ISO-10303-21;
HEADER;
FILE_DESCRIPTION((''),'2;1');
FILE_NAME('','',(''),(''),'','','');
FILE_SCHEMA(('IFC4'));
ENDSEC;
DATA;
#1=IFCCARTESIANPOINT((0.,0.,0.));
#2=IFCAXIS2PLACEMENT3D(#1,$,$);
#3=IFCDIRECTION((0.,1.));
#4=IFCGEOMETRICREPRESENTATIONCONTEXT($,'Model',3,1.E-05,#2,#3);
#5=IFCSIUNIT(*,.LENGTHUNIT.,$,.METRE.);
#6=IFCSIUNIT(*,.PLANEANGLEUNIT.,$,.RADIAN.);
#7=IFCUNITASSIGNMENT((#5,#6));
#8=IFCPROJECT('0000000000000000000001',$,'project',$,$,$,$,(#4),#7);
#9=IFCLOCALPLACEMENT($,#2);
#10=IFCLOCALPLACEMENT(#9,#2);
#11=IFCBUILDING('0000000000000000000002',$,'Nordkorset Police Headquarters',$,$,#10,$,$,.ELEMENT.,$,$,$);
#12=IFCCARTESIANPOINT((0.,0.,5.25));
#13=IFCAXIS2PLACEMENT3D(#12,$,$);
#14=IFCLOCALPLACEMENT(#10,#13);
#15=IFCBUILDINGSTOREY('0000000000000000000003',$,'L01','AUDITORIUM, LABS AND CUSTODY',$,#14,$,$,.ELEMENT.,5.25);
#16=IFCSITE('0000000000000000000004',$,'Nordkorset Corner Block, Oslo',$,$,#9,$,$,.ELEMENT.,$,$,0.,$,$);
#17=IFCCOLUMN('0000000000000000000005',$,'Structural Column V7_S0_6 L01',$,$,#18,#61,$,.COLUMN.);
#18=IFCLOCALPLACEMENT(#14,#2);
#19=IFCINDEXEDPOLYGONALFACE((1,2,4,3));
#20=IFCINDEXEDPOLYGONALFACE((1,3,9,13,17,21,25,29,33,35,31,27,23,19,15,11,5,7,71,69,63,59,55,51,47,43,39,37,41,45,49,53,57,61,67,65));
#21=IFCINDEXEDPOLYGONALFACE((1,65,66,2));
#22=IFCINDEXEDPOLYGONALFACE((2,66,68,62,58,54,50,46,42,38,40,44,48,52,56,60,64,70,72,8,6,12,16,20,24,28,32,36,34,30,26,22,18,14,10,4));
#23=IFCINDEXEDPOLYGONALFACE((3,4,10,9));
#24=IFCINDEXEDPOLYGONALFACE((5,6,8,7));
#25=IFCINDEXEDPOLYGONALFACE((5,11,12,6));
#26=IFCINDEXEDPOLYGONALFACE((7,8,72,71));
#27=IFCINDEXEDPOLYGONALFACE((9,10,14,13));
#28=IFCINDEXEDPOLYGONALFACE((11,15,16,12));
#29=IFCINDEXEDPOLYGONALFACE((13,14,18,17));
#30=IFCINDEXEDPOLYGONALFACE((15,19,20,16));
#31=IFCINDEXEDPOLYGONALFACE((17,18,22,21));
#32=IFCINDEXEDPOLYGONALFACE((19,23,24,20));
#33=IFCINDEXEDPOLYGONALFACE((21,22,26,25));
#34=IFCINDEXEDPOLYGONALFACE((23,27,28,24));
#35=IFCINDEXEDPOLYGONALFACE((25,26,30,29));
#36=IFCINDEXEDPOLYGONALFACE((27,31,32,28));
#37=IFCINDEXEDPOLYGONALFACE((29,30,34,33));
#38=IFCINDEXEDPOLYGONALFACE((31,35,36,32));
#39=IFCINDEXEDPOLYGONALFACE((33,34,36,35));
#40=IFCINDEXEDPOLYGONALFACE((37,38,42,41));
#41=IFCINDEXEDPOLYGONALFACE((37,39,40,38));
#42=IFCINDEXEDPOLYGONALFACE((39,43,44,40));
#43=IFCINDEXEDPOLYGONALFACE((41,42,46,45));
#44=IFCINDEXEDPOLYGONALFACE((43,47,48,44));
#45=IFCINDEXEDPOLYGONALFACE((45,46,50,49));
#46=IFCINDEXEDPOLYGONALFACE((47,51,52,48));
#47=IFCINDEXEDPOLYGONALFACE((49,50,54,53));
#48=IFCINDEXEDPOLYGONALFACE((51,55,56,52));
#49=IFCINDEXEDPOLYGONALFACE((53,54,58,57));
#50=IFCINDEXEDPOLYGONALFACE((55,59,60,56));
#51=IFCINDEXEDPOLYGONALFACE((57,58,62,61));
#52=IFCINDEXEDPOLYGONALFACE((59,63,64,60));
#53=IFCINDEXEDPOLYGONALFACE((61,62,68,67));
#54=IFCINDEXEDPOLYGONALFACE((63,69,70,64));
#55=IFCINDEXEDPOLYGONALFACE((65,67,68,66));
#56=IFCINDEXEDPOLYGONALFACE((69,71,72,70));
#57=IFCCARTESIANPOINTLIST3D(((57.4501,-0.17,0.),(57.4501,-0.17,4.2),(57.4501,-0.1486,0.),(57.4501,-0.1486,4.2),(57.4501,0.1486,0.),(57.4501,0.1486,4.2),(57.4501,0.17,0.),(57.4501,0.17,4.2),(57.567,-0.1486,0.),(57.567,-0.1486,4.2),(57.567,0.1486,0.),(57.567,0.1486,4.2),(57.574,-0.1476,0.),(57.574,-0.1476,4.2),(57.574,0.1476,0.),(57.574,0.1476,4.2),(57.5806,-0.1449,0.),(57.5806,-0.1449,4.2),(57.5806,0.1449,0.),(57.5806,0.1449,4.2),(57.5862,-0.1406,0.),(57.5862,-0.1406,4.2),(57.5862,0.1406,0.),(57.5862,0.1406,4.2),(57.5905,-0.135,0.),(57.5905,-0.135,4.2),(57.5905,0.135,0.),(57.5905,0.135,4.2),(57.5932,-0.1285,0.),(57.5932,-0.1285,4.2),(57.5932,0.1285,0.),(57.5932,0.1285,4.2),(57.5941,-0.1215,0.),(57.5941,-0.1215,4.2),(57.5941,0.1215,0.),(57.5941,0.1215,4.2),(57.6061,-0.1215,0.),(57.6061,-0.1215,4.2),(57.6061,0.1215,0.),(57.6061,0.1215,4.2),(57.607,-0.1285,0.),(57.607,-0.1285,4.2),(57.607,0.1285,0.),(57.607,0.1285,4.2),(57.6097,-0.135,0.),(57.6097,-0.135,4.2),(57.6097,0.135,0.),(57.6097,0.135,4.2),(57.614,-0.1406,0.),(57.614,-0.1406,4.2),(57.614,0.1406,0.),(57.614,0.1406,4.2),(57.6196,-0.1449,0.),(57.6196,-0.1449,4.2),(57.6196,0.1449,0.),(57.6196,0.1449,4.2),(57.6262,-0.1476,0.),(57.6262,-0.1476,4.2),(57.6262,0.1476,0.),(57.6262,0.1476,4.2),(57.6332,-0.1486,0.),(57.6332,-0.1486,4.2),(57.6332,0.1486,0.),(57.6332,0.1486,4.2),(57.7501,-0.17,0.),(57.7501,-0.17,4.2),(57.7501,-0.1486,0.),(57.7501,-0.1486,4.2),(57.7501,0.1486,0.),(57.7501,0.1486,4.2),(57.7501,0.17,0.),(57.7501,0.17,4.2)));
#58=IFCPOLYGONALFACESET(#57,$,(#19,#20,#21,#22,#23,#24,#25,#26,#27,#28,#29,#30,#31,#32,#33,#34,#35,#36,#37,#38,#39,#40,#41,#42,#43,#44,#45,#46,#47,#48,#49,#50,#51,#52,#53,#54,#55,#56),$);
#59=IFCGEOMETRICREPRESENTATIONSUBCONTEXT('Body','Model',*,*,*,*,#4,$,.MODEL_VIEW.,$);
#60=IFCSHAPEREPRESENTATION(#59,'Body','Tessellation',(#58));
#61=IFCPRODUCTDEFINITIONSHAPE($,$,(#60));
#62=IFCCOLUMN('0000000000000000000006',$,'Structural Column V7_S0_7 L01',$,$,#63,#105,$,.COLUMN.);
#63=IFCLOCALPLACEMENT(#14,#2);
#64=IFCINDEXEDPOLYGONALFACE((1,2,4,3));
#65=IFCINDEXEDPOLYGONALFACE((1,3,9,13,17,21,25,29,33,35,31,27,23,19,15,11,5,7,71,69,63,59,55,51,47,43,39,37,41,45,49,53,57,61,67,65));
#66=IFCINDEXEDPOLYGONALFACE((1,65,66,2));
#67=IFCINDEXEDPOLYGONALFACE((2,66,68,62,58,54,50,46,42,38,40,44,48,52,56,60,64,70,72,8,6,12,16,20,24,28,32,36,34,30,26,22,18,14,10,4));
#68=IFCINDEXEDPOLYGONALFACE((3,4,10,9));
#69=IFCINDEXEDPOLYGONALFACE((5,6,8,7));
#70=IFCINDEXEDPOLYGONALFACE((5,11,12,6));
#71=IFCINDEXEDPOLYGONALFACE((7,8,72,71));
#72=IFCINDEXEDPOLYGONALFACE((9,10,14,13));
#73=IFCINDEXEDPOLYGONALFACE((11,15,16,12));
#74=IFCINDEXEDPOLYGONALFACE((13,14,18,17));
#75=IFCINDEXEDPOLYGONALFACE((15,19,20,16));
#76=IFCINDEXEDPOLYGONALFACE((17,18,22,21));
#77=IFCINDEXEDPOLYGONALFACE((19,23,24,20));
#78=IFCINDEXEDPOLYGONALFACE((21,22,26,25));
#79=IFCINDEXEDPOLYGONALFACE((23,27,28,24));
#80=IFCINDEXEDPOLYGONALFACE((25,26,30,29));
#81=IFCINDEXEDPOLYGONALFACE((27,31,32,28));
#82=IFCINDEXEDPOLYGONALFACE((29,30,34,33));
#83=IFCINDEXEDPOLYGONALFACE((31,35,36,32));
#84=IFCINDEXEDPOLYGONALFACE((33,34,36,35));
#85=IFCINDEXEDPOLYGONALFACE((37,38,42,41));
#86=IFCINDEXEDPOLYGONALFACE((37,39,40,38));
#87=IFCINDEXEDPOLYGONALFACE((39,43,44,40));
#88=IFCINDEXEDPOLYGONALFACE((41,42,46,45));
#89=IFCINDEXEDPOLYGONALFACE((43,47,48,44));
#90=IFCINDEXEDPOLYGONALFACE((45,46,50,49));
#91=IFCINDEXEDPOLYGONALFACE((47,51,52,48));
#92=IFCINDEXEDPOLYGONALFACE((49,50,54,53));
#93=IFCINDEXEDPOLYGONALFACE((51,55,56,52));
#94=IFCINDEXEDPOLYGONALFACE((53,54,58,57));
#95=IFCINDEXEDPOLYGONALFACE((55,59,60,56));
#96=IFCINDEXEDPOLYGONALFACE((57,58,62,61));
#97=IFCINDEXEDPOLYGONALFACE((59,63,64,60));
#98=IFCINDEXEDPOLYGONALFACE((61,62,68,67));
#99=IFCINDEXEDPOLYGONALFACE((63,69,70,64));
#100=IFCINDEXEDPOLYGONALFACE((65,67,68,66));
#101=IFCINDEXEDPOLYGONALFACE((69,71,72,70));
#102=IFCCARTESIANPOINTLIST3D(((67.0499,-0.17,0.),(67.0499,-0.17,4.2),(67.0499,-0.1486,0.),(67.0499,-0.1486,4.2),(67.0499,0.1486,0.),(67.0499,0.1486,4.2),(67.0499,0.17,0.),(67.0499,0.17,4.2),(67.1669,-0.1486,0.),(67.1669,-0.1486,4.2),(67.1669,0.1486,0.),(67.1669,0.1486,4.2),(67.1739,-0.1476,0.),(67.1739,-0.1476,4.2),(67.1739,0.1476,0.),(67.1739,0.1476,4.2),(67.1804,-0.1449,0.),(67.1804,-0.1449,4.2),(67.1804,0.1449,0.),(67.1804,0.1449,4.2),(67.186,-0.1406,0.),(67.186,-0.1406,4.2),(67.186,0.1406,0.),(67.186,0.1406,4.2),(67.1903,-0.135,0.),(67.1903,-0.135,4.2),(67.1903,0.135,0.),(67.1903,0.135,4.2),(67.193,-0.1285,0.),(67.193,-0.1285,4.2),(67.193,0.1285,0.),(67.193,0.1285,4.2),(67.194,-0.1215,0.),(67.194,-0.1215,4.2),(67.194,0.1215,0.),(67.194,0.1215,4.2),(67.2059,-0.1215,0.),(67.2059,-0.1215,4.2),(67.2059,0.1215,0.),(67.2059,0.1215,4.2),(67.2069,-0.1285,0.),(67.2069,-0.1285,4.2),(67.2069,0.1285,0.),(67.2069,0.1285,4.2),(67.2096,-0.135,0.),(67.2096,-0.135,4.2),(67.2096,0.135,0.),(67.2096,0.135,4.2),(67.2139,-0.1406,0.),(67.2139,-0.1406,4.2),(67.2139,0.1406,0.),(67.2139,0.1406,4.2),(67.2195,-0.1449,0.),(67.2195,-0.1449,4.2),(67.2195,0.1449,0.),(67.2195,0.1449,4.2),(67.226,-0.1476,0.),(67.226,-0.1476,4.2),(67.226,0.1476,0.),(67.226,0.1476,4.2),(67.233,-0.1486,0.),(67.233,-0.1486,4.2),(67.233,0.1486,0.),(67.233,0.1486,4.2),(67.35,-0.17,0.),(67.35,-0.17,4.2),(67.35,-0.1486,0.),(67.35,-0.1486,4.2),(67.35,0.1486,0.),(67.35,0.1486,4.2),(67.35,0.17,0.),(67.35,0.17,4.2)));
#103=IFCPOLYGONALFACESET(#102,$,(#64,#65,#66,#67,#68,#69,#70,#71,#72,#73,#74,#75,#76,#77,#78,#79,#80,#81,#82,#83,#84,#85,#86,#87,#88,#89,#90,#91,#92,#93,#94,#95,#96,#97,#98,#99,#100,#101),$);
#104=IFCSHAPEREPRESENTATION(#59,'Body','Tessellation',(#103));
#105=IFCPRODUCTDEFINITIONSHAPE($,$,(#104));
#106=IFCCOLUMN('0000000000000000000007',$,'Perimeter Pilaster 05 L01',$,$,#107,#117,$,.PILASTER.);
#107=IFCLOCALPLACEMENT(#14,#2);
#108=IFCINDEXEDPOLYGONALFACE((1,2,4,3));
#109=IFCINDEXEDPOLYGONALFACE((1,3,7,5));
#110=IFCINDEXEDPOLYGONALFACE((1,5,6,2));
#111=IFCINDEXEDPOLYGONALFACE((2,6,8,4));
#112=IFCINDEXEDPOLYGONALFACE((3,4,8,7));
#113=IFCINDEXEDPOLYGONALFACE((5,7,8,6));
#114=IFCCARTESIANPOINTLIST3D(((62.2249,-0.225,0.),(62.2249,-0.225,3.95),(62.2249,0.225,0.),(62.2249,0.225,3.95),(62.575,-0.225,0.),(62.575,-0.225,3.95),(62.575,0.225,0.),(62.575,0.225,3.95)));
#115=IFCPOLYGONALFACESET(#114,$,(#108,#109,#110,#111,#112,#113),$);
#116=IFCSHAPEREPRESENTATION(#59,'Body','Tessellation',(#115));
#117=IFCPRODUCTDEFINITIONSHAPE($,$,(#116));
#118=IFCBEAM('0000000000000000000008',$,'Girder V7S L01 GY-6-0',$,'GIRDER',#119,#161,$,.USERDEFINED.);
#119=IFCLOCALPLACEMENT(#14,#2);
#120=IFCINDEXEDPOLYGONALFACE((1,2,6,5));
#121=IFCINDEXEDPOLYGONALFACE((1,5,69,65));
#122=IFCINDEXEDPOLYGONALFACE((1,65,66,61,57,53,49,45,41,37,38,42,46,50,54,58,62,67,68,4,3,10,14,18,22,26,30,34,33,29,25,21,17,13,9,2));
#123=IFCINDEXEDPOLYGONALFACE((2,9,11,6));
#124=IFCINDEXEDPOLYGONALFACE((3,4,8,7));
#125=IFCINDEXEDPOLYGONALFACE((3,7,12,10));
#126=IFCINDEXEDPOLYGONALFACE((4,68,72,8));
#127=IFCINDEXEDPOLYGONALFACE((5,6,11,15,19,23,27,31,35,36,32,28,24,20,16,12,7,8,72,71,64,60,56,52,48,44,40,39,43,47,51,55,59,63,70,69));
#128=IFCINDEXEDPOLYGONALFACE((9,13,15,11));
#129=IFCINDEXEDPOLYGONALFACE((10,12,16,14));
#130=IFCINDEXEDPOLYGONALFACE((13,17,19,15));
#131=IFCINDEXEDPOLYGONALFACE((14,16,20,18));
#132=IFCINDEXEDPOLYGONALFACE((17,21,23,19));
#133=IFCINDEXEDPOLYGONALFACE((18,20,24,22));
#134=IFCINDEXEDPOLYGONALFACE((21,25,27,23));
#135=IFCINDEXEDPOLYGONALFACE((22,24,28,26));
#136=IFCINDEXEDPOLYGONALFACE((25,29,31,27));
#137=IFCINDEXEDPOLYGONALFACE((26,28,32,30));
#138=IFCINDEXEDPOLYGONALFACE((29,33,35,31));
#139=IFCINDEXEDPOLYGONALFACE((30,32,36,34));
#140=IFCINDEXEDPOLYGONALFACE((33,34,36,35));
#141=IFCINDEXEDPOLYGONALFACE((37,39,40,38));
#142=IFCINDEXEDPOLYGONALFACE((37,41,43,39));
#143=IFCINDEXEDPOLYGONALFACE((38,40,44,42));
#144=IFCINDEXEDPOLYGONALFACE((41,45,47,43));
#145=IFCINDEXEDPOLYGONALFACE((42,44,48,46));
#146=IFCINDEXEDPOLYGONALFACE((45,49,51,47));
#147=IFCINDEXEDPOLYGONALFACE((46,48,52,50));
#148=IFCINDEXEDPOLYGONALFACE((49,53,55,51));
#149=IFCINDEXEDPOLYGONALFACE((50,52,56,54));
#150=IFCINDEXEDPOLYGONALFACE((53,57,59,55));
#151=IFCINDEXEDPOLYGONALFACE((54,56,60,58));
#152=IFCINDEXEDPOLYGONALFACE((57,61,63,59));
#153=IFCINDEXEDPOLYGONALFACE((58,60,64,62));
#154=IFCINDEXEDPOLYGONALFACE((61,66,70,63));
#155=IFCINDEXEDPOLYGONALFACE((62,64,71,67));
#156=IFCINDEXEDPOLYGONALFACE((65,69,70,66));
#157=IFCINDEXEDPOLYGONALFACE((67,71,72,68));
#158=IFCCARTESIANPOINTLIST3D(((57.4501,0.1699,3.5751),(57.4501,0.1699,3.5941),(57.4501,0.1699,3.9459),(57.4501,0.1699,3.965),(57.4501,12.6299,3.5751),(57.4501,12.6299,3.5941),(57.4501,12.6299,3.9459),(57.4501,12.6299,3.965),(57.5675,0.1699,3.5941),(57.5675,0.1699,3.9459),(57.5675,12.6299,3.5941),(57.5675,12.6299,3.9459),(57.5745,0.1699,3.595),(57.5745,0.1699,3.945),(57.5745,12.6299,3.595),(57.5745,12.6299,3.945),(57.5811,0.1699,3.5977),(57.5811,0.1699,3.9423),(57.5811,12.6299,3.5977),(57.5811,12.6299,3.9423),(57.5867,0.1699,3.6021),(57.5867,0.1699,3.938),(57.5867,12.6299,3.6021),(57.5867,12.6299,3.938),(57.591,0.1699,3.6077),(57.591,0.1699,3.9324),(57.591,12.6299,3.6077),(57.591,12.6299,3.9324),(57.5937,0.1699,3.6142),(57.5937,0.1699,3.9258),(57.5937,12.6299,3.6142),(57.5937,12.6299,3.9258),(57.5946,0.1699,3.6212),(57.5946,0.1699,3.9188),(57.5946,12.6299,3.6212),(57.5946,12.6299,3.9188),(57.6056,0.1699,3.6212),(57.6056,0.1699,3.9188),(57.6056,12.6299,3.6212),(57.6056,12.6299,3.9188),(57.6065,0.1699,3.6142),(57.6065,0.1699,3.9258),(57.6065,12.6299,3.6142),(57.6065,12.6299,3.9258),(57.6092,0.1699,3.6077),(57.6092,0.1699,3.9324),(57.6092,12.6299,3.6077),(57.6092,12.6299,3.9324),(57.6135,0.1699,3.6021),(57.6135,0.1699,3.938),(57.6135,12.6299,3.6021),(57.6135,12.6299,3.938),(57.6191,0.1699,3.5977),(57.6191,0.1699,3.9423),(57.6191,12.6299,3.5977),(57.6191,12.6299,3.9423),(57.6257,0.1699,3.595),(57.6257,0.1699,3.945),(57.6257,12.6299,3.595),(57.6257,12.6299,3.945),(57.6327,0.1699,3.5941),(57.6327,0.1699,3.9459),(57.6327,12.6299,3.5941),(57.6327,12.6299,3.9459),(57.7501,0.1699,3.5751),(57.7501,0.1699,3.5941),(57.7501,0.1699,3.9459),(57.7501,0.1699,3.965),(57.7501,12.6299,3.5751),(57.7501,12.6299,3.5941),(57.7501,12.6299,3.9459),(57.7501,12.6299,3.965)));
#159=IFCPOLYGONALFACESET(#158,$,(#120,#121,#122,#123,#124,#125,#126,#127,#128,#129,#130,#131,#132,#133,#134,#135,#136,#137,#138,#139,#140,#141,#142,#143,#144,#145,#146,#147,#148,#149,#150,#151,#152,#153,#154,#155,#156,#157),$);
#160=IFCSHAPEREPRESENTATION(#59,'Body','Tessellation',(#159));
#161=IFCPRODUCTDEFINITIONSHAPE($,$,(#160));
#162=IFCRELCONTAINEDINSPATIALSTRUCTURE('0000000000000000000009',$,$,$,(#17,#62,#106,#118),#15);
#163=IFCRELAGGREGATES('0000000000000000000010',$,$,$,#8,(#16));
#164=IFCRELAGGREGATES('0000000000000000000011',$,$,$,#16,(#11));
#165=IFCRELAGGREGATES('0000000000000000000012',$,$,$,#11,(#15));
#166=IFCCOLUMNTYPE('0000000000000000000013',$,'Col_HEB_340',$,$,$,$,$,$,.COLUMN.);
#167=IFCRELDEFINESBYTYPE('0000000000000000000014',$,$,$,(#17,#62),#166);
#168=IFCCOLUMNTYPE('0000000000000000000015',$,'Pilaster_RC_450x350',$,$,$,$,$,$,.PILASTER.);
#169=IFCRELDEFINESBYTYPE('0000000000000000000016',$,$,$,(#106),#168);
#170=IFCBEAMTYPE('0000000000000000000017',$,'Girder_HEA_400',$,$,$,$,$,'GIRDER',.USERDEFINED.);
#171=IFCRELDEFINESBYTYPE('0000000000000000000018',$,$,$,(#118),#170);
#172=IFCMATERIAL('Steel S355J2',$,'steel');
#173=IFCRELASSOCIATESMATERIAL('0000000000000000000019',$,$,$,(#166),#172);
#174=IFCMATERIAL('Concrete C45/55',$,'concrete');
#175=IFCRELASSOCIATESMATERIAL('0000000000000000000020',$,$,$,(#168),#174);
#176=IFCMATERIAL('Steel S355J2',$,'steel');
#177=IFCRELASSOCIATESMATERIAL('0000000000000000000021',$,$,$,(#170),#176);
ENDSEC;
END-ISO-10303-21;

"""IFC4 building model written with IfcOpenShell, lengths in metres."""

from ifc_helpers import new_model, si_unit, direction, frame, origin, origin_2d, place, context, subcontext, project, spatial, rectangle, i_section, extrude, material, material_profile, profile_set, type_object, element, save


model = new_model("IFC4")

# Units and contexts
model_context = context("Model", 3, precision=1e-05, world=origin(), true_north=direction((0.0, 1.0)))
body_context = subcontext(model_context, "Body", "Model", "MODEL_VIEW")
ifc_project = project(units=[si_unit("LENGTHUNIT", "METRE"), si_unit("PLANEANGLEUNIT", "RADIAN")], contexts=[model_context])

# Site, building, storey
site_placement = place(None, origin())
site = spatial("IfcSite", under=ifc_project, at=site_placement, Name="Nordkorset Corner Block, Oslo", CompositionType="ELEMENT", RefElevation=0.0)
building_placement = place(site_placement, origin())
building = spatial("IfcBuilding", under=site, at=building_placement, Name="Nordkorset Police Headquarters", CompositionType="ELEMENT")
storey_placement = place(building_placement, frame((0.0, 0.0, 5.25)))
storey = spatial("IfcBuildingStorey", under=building, at=storey_placement, Name="L01", Description="AUDITORIUM, LABS AND CUSTODY", CompositionType="ELEMENT", Elevation=5.25)

# Columns
ifc_material_1 = material(Name="Steel S355J2", Category="steel")
ifc_material_profile_1 = material_profile(ifc_material_1, i_section(OverallWidth=0.3, OverallDepth=0.3401, WebThickness=0.012, FlangeThickness=0.0215, FilletRadius=0.0271, at=origin_2d()), Name="HEB 340")
ifc_profile_set_1 = profile_set([ifc_material_profile_1], Name="Steel S355J2")
column_type_1 = type_object("IfcColumnType", Name="Col_HEB_340", PredefinedType="COLUMN", material=ifc_profile_set_1)
for number, where, z_axis, x_axis, name in (
    (1, (57.6001, 0.0, 0.0), (0.0, 0.0, 1.0), (1.0, 0.0, 0.0), "Structural Column V7_S0_6 L01"),
    (2, (67.2, 0.0, 0.0), (0.0, 0.0, 1.0), (1.0, 0.0, 0.0), "Structural Column V7_S0_7 L01"),
):
    element("IfcColumn", number, at=place(storey_placement, frame(where, z_axis=z_axis, x_axis=x_axis)), inside=storey, type_object=column_type_1, Name=name, PredefinedType="COLUMN", context=body_context, shape_type="SweptSolid", body=[
        extrude(i_section(OverallWidth=0.3, OverallDepth=0.3401, WebThickness=0.012, FlangeThickness=0.0215, FilletRadius=0.0271, at=origin_2d()), origin(), (0.0, 0.0, 1.0), 4.2),
    ])
ifc_material_2 = material(Name="Concrete C45/55", Category="concrete")
ifc_material_profile_2 = material_profile(ifc_material_2, rectangle(XDim=0.3501, YDim=0.45, at=origin_2d()), Name="RC 450x350")
ifc_profile_set_2 = profile_set([ifc_material_profile_2], Name="Concrete C45/55")
column_type_2 = type_object("IfcColumnType", Name="Pilaster_RC_450x350", PredefinedType="PILASTER", material=ifc_profile_set_2)
column_placement = place(storey_placement, frame((62.3999, 0.0, 0.0), z_axis=(0.0, 0.0, 1.0), x_axis=(1.0, 0.0, 0.0)))
element("IfcColumn", 3, at=column_placement, inside=storey, type_object=column_type_2, Name="Perimeter Pilaster 05 L01", PredefinedType="PILASTER", context=body_context, shape_type="SweptSolid", body=[
    extrude(rectangle(XDim=0.3501, YDim=0.45, at=origin_2d()), origin(), (0.0, 0.0, 1.0), 3.95),
])

# Beam
ifc_material_3 = material(Name="Steel S355J2", Category="steel")
ifc_material_profile_3 = material_profile(ifc_material_3, i_section(OverallWidth=0.3, OverallDepth=0.3899, WebThickness=0.011, FlangeThickness=0.019, FilletRadius=0.0271, at=origin_2d()), Name="HEA 400")
ifc_profile_set_3 = profile_set([ifc_material_profile_3], Name="Steel S355J2")
beam_type_1 = type_object("IfcBeamType", Name="Girder_HEA_400", ElementType="GIRDER", PredefinedType="USERDEFINED", material=ifc_profile_set_3)
for number, where, z_axis, x_axis, name in (
    (4, (57.6001, 0.1699, 3.77), (0.0, 1.0, 0.0), (-1.0, 0.0, 0.0), "Girder V7S L01 GY-6-0"),
):
    element("IfcBeam", number, at=place(storey_placement, frame(where, z_axis=z_axis, x_axis=x_axis)), inside=storey, type_object=beam_type_1, Name=name, ObjectType="GIRDER", PredefinedType="USERDEFINED", context=body_context, shape_type="SweptSolid", body=[
        extrude(i_section(OverallWidth=0.3, OverallDepth=0.3899, WebThickness=0.011, FlangeThickness=0.019, FilletRadius=0.0271, at=origin_2d()), origin(), (0.0, 0.0, 1.0), 12.46),
    ])

save(model, "model.ifc")
